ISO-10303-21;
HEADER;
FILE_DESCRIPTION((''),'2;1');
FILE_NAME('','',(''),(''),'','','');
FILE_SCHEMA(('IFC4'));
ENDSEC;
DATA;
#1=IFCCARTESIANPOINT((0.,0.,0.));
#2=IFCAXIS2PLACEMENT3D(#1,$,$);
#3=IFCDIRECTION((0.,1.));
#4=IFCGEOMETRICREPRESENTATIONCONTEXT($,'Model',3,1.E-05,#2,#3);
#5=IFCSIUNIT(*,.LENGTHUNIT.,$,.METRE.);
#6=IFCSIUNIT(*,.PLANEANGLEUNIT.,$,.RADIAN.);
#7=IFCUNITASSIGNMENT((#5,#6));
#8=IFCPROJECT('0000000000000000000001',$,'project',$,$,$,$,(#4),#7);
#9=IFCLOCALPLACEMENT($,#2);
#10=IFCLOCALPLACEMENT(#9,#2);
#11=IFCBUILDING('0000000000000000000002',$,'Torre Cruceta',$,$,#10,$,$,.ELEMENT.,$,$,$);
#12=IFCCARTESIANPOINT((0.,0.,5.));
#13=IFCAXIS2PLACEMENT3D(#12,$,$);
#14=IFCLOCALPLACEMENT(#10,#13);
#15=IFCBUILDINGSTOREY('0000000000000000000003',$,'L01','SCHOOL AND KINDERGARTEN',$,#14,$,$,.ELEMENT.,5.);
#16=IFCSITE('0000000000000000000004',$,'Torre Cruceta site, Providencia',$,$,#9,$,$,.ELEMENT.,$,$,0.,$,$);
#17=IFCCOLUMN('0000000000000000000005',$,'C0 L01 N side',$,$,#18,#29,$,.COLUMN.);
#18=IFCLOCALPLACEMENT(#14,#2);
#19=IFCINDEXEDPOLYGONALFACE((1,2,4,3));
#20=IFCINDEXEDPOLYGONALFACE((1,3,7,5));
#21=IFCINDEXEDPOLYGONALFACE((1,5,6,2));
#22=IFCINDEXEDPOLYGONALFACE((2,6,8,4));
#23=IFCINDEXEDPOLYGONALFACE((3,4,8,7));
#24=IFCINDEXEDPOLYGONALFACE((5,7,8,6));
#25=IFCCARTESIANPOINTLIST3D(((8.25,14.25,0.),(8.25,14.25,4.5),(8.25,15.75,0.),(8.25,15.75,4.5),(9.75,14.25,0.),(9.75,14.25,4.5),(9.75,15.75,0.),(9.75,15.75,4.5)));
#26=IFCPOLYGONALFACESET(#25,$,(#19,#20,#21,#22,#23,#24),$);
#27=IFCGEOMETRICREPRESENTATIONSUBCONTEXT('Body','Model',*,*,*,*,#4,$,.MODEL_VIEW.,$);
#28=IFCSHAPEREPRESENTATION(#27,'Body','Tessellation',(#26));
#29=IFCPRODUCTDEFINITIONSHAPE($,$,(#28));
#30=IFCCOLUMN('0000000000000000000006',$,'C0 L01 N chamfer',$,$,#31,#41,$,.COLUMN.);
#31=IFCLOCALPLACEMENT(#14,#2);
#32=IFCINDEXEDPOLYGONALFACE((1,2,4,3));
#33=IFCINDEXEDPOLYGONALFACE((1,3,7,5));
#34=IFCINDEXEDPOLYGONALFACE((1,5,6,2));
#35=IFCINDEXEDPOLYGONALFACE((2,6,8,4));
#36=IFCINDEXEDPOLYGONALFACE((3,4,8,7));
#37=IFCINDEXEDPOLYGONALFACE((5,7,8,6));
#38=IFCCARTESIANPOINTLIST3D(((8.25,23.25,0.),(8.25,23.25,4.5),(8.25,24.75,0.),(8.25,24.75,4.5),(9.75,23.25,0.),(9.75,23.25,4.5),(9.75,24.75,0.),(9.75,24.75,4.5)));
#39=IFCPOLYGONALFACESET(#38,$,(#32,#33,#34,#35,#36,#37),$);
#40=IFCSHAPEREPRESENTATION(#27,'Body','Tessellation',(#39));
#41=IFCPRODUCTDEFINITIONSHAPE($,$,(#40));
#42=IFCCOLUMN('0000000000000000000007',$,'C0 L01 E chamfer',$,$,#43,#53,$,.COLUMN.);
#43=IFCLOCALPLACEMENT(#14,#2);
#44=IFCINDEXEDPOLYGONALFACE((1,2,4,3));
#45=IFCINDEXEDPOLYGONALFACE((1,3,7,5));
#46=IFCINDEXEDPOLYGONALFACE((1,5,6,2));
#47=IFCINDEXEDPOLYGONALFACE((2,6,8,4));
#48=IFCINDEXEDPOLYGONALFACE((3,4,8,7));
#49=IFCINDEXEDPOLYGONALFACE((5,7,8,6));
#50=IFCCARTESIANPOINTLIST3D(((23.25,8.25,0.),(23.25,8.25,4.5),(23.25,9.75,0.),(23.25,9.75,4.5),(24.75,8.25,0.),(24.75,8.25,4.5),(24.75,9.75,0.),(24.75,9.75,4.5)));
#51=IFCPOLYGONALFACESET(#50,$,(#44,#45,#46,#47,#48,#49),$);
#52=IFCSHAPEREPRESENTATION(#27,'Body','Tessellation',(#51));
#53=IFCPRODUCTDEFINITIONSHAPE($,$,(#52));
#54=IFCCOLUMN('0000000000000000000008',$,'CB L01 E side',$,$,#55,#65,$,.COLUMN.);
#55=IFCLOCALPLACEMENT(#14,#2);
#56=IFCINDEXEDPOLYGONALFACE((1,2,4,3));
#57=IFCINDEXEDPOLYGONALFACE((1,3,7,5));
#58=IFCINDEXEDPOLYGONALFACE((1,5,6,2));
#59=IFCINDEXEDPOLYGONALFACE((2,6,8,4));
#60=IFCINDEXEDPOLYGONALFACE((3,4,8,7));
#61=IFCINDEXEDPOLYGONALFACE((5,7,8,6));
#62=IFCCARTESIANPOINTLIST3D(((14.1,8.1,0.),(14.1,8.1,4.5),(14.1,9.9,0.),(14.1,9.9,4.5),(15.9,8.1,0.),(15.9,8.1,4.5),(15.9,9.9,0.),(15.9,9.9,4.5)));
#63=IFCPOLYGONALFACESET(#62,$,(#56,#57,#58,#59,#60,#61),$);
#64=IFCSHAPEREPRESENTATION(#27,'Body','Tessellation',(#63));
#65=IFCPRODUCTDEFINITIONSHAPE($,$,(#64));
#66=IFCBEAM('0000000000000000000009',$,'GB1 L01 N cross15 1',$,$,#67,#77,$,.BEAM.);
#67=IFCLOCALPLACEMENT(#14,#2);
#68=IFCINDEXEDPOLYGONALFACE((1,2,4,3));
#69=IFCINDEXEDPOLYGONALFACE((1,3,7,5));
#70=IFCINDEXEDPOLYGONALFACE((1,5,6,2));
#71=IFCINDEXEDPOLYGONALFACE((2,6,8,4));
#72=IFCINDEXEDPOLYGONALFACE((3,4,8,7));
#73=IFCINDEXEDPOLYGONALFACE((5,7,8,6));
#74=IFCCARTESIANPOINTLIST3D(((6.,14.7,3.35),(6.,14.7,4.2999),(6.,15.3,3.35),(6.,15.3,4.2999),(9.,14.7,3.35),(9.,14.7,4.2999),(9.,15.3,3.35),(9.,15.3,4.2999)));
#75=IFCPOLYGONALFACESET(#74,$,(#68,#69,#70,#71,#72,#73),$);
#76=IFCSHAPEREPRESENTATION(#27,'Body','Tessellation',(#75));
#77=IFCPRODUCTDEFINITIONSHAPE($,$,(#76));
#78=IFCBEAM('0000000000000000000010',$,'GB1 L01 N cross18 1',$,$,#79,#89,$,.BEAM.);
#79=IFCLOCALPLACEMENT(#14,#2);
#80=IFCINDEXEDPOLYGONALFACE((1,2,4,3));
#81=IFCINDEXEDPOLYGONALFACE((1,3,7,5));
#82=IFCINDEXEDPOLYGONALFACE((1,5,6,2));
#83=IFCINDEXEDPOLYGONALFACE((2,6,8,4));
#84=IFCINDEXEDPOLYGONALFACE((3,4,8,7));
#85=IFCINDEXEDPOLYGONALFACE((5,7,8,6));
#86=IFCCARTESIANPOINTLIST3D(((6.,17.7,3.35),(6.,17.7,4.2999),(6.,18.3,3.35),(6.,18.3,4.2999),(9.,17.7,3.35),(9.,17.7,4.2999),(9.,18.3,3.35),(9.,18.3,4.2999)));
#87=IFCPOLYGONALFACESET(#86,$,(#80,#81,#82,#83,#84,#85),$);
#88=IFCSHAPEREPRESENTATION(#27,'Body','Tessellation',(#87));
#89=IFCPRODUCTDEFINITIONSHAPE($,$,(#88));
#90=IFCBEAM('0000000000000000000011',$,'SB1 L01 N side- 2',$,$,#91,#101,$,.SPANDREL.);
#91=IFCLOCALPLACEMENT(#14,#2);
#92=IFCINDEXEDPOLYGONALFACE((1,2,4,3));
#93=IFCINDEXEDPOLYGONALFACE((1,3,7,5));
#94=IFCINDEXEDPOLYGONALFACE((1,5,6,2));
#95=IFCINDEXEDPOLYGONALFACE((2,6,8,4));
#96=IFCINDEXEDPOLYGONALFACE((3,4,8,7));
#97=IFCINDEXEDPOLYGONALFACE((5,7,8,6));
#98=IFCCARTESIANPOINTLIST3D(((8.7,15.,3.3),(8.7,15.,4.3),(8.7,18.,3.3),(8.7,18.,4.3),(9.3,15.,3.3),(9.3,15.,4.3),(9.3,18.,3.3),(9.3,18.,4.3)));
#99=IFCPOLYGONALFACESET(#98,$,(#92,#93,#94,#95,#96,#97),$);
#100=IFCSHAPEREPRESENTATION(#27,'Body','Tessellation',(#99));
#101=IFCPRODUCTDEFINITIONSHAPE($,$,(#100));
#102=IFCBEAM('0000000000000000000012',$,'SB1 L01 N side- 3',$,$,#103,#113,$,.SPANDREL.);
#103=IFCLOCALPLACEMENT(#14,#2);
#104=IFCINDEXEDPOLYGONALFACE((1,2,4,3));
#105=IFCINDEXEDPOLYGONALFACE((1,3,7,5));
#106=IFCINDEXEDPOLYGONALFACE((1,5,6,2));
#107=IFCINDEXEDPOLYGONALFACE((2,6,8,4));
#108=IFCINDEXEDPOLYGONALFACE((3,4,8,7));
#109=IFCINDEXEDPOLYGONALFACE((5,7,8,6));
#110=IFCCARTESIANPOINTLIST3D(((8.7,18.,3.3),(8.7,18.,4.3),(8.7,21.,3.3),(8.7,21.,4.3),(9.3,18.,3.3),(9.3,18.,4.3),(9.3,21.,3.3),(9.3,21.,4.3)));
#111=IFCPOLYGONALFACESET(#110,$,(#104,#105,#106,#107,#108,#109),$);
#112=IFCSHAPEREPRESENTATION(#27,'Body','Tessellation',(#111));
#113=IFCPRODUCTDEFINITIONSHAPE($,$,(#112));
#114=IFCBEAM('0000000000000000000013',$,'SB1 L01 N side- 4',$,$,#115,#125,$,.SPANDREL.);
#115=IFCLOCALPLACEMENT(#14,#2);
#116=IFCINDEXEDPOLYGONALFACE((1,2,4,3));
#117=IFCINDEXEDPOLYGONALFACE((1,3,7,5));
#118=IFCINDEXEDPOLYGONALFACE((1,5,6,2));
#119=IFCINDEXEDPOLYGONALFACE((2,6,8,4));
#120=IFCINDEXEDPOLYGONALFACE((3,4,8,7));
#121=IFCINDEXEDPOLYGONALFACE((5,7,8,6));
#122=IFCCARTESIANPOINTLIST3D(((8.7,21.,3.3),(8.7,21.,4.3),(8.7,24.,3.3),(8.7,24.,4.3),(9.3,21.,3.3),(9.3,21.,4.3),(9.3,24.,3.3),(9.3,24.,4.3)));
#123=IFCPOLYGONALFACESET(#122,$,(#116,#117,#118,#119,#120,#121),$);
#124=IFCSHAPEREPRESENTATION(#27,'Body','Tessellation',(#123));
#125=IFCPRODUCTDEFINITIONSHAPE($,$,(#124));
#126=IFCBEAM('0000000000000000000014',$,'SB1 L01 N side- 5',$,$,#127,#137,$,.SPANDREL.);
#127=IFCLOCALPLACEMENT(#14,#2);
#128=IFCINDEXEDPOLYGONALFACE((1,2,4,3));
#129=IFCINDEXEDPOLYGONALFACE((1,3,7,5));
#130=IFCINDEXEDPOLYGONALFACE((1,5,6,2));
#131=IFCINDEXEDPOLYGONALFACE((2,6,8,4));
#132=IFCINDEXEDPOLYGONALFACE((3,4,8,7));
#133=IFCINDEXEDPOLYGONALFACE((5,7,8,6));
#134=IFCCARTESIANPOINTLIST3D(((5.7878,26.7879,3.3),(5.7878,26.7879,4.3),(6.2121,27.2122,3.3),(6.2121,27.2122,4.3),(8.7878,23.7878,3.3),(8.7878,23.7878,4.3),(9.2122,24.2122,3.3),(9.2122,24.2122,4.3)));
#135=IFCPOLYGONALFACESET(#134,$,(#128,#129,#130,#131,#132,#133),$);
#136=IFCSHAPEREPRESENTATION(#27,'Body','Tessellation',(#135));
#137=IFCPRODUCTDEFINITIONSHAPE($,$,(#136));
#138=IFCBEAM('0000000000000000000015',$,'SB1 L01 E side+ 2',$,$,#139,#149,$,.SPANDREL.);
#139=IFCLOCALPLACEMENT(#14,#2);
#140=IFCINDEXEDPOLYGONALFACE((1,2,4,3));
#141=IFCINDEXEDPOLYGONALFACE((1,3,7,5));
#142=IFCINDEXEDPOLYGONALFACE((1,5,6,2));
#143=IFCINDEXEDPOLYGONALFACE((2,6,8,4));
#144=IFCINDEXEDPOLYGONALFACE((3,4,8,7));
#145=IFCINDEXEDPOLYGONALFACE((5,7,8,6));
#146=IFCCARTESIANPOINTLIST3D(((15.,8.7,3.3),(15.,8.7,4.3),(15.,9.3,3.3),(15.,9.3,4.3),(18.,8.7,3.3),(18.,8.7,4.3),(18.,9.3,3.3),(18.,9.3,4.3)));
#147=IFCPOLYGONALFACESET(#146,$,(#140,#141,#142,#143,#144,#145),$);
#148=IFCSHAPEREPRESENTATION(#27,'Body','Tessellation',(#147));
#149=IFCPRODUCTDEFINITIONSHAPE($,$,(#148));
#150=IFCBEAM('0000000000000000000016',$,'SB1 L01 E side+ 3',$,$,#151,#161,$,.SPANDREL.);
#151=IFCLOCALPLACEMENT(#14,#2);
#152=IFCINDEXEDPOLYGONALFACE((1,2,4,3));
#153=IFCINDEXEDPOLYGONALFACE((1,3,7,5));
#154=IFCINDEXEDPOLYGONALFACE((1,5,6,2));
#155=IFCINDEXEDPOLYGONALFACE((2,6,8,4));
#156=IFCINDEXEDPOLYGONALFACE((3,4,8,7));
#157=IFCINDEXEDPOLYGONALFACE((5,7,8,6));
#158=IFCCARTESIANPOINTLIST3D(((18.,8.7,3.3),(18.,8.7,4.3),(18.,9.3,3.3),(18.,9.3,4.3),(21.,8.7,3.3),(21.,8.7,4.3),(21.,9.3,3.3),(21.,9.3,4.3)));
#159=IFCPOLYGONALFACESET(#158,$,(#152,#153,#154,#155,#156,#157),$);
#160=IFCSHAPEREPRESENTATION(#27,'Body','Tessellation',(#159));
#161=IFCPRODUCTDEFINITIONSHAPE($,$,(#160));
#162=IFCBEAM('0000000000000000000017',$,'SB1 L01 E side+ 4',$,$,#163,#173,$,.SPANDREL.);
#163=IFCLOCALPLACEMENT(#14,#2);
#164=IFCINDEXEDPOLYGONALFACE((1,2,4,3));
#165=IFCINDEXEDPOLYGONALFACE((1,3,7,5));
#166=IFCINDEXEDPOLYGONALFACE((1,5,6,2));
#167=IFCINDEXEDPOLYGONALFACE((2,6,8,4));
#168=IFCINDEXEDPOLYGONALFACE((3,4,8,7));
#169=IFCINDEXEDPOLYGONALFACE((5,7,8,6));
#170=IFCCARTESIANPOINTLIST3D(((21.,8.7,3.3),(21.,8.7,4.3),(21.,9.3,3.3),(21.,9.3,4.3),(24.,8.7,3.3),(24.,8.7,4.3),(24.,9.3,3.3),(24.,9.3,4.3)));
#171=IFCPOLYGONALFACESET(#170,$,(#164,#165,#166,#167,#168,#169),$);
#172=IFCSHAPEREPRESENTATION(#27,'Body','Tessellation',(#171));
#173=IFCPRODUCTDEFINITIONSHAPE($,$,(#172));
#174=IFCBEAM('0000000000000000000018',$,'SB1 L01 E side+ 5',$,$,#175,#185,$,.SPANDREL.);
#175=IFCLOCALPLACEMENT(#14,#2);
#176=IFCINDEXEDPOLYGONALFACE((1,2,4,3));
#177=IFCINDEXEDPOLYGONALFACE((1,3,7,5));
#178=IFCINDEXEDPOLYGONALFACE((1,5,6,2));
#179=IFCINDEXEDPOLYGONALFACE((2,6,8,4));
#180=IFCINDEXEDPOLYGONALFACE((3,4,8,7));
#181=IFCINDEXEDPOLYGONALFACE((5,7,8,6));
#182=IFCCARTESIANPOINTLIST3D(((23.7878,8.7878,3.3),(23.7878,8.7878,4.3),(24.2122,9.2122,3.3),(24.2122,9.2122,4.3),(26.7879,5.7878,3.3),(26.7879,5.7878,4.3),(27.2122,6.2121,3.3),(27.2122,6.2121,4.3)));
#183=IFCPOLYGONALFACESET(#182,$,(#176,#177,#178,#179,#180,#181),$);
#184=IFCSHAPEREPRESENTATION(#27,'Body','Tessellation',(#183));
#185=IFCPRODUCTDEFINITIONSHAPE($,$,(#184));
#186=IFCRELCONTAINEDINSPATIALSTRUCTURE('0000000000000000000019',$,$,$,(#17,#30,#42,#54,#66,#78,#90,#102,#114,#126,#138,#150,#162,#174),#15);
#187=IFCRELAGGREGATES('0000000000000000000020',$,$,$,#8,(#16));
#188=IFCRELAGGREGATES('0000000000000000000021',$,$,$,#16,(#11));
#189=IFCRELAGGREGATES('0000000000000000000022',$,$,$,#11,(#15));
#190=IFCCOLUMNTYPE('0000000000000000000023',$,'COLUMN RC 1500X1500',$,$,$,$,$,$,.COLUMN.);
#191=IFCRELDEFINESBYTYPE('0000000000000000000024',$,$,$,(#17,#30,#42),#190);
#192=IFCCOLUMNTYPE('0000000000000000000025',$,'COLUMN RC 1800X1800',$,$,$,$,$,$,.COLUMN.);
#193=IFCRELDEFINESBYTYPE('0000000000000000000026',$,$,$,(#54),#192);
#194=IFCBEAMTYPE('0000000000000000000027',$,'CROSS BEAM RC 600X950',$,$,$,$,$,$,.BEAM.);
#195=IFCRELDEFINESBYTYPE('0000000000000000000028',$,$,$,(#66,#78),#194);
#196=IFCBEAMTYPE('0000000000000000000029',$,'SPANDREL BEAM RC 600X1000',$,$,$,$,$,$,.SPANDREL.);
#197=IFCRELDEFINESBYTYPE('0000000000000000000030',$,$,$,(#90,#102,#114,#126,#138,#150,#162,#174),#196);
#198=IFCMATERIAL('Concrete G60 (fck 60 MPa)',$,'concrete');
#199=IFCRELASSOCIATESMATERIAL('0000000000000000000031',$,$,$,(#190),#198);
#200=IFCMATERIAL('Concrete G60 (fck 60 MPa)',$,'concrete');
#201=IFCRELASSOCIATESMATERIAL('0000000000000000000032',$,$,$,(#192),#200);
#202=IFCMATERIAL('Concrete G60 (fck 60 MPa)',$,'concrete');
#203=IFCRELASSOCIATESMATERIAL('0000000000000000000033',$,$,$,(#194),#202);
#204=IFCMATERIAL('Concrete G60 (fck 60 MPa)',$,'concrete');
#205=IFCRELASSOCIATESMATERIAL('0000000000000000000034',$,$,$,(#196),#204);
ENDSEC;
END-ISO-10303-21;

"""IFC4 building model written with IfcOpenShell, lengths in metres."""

from ifc_helpers import new_model, si_unit, direction, frame, origin, origin_2d, place, context, subcontext, project, spatial, rectangle, extrude, material, material_profile, profile_set, type_object, element, save


model = new_model("IFC4")

# Units and contexts
model_context = context("Model", 3, precision=1e-05, world=origin(), true_north=direction((0.0, 1.0)))
body_context = subcontext(model_context, "Body", "Model", "MODEL_VIEW")
ifc_project = project(units=[si_unit("LENGTHUNIT", "METRE"), si_unit("PLANEANGLEUNIT", "RADIAN")], contexts=[model_context])

# Site, building, storey
site_placement = place(None, origin())
site = spatial("IfcSite", under=ifc_project, at=site_placement, Name="Torre Cruceta site, Providencia", CompositionType="ELEMENT", RefElevation=0.0)
building_placement = place(site_placement, origin())
building = spatial("IfcBuilding", under=site, at=building_placement, Name="Torre Cruceta", CompositionType="ELEMENT")
storey_placement = place(building_placement, frame((0.0, 0.0, 5.0)))
storey = spatial("IfcBuildingStorey", under=building, at=storey_placement, Name="L01", Description="SCHOOL AND KINDERGARTEN", CompositionType="ELEMENT", Elevation=5.0)

# Columns
ifc_material_1 = material(Name="Concrete G60 (fck 60 MPa)", Category="concrete")
ifc_material_profile_1 = material_profile(ifc_material_1, rectangle(XDim=1.5, YDim=1.5, at=origin_2d()), Name="RC 1500X1500")
ifc_profile_set_1 = profile_set([ifc_material_profile_1], Name="Concrete G60 (fck 60 MPa)")
column_type_1 = type_object("IfcColumnType", Name="COLUMN RC 1500X1500", PredefinedType="COLUMN", material=ifc_profile_set_1)
for number, where, z_axis, x_axis, name in (
    (1, (9.0, 15.0, 0.0), (0.0, 0.0, 1.0), (1.0, 0.0, 0.0), "C0 L01 N side"),
    (2, (9.0, 24.0, 0.0), (0.0, 0.0, 1.0), (1.0, 0.0, 0.0), "C0 L01 N chamfer"),
    (3, (24.0, 9.0, 0.0), (0.0, 0.0, 1.0), (1.0, 0.0, 0.0), "C0 L01 E chamfer"),
):
    element("IfcColumn", number, at=place(storey_placement, frame(where, z_axis=z_axis, x_axis=x_axis)), inside=storey, type_object=column_type_1, Name=name, PredefinedType="COLUMN", context=body_context, shape_type="SweptSolid", body=[
        extrude(rectangle(XDim=1.5, YDim=1.5, at=origin_2d()), origin(), (0.0, 0.0, 1.0), 4.5),
    ])
ifc_material_2 = material(Name="Concrete G60 (fck 60 MPa)", Category="concrete")
ifc_material_profile_2 = material_profile(ifc_material_2, rectangle(XDim=1.8, YDim=1.8, at=origin_2d()), Name="RC 1800X1800")
ifc_profile_set_2 = profile_set([ifc_material_profile_2], Name="Concrete G60 (fck 60 MPa)")
column_type_2 = type_object("IfcColumnType", Name="COLUMN RC 1800X1800", PredefinedType="COLUMN", material=ifc_profile_set_2)
column_placement = place(storey_placement, frame((15.0, 9.0, 0.0), z_axis=(0.0, 0.0, 1.0), x_axis=(1.0, 0.0, 0.0)))
element("IfcColumn", 4, at=column_placement, inside=storey, type_object=column_type_2, Name="CB L01 E side", PredefinedType="COLUMN", context=body_context, shape_type="SweptSolid", body=[
    extrude(rectangle(XDim=1.8, YDim=1.8, at=origin_2d()), origin(), (0.0, 0.0, 1.0), 4.5),
])

# Beams
ifc_material_3 = material(Name="Concrete G60 (fck 60 MPa)", Category="concrete")
ifc_material_profile_3 = material_profile(ifc_material_3, rectangle(XDim=0.6001, YDim=0.95, at=origin_2d()), Name="RC 600X950")
ifc_profile_set_3 = profile_set([ifc_material_profile_3], Name="Concrete G60 (fck 60 MPa)")
beam_type_1 = type_object("IfcBeamType", Name="CROSS BEAM RC 600X950", PredefinedType="BEAM", material=ifc_profile_set_3)
for number, where, z_axis, x_axis, name in (
    (5, (9.0, 15.0, 3.825), (-1.0, 0.0, 0.0), (0.0, -1.0, 0.0), "GB1 L01 N cross15 1"),
    (6, (9.0, 18.0, 3.825), (-1.0, 0.0, 0.0), (0.0, -1.0, 0.0), "GB1 L01 N cross18 1"),
):
    element("IfcBeam", number, at=place(storey_placement, frame(where, z_axis=z_axis, x_axis=x_axis)), inside=storey, type_object=beam_type_1, Name=name, PredefinedType="BEAM", context=body_context, shape_type="SweptSolid", body=[
        extrude(rectangle(XDim=0.6001, YDim=0.95, at=origin_2d()), origin(), (0.0, 0.0, 1.0), 3.0),
    ])
ifc_material_4 = material(Name="Concrete G60 (fck 60 MPa)", Category="concrete")
ifc_material_profile_4 = material_profile(ifc_material_4, rectangle(XDim=0.6001, YDim=1.0, at=origin_2d()), Name="RC 600X1000")
ifc_profile_set_4 = profile_set([ifc_material_profile_4], Name="Concrete G60 (fck 60 MPa)")
beam_type_2 = type_object("IfcBeamType", Name="SPANDREL BEAM RC 600X1000", PredefinedType="SPANDREL", material=ifc_profile_set_4)
for number, where, z_axis, x_axis, name in (
    (7, (9.0, 15.0, 3.8), (0.0, 1.0, 0.0), (-1.0, 0.0, 0.0), "SB1 L01 N side- 2"),
    (8, (9.0, 18.0, 3.8), (0.0, 1.0, 0.0), (-1.0, 0.0, 0.0), "SB1 L01 N side- 3"),
    (9, (9.0, 21.0, 3.8), (0.0, 1.0, 0.0), (-1.0, 0.0, 0.0), "SB1 L01 N side- 4"),
):
    element("IfcBeam", number, at=place(storey_placement, frame(where, z_axis=z_axis, x_axis=x_axis)), inside=storey, type_object=beam_type_2, Name=name, PredefinedType="SPANDREL", context=body_context, shape_type="SweptSolid", body=[
        extrude(rectangle(XDim=0.6001, YDim=1.0, at=origin_2d()), origin(), (0.0, 0.0, 1.0), 3.0),
    ])
beam_1_placement = place(storey_placement, frame((9.0, 24.0, 3.8), z_axis=(-0.707107, 0.707107, 0.0), x_axis=(-0.707107, -0.707107, 0.0)))
element("IfcBeam", 10, at=beam_1_placement, inside=storey, type_object=beam_type_2, Name="SB1 L01 N side- 5", PredefinedType="SPANDREL", context=body_context, shape_type="SweptSolid", body=[
    extrude(rectangle(XDim=0.6001, YDim=1.0, at=origin_2d()), origin(), (0.0, 0.0, 1.0), 4.2427),
])
for number, where, z_axis, x_axis, name in (
    (11, (15.0, 9.0, 3.8), (1.0, 0.0, 0.0), (0.0, 1.0, 0.0), "SB1 L01 E side+ 2"),
    (12, (18.0, 9.0, 3.8), (1.0, 0.0, 0.0), (0.0, 1.0, 0.0), "SB1 L01 E side+ 3"),
    (13, (21.0, 9.0, 3.8), (1.0, 0.0, 0.0), (0.0, 1.0, 0.0), "SB1 L01 E side+ 4"),
):
    element("IfcBeam", number, at=place(storey_placement, frame(where, z_axis=z_axis, x_axis=x_axis)), inside=storey, type_object=beam_type_2, Name=name, PredefinedType="SPANDREL", context=body_context, shape_type="SweptSolid", body=[
        extrude(rectangle(XDim=0.6001, YDim=1.0, at=origin_2d()), origin(), (0.0, 0.0, 1.0), 3.0),
    ])
beam_2_placement = place(storey_placement, frame((24.0, 9.0, 3.8), z_axis=(0.707107, -0.707107, 0.0), x_axis=(0.707107, 0.707107, 0.0)))
element("IfcBeam", 14, at=beam_2_placement, inside=storey, type_object=beam_type_2, Name="SB1 L01 E side+ 5", PredefinedType="SPANDREL", context=body_context, shape_type="SweptSolid", body=[
    extrude(rectangle(XDim=0.6001, YDim=1.0, at=origin_2d()), origin(), (0.0, 0.0, 1.0), 4.2427),
])

save(model, "model.ifc")
